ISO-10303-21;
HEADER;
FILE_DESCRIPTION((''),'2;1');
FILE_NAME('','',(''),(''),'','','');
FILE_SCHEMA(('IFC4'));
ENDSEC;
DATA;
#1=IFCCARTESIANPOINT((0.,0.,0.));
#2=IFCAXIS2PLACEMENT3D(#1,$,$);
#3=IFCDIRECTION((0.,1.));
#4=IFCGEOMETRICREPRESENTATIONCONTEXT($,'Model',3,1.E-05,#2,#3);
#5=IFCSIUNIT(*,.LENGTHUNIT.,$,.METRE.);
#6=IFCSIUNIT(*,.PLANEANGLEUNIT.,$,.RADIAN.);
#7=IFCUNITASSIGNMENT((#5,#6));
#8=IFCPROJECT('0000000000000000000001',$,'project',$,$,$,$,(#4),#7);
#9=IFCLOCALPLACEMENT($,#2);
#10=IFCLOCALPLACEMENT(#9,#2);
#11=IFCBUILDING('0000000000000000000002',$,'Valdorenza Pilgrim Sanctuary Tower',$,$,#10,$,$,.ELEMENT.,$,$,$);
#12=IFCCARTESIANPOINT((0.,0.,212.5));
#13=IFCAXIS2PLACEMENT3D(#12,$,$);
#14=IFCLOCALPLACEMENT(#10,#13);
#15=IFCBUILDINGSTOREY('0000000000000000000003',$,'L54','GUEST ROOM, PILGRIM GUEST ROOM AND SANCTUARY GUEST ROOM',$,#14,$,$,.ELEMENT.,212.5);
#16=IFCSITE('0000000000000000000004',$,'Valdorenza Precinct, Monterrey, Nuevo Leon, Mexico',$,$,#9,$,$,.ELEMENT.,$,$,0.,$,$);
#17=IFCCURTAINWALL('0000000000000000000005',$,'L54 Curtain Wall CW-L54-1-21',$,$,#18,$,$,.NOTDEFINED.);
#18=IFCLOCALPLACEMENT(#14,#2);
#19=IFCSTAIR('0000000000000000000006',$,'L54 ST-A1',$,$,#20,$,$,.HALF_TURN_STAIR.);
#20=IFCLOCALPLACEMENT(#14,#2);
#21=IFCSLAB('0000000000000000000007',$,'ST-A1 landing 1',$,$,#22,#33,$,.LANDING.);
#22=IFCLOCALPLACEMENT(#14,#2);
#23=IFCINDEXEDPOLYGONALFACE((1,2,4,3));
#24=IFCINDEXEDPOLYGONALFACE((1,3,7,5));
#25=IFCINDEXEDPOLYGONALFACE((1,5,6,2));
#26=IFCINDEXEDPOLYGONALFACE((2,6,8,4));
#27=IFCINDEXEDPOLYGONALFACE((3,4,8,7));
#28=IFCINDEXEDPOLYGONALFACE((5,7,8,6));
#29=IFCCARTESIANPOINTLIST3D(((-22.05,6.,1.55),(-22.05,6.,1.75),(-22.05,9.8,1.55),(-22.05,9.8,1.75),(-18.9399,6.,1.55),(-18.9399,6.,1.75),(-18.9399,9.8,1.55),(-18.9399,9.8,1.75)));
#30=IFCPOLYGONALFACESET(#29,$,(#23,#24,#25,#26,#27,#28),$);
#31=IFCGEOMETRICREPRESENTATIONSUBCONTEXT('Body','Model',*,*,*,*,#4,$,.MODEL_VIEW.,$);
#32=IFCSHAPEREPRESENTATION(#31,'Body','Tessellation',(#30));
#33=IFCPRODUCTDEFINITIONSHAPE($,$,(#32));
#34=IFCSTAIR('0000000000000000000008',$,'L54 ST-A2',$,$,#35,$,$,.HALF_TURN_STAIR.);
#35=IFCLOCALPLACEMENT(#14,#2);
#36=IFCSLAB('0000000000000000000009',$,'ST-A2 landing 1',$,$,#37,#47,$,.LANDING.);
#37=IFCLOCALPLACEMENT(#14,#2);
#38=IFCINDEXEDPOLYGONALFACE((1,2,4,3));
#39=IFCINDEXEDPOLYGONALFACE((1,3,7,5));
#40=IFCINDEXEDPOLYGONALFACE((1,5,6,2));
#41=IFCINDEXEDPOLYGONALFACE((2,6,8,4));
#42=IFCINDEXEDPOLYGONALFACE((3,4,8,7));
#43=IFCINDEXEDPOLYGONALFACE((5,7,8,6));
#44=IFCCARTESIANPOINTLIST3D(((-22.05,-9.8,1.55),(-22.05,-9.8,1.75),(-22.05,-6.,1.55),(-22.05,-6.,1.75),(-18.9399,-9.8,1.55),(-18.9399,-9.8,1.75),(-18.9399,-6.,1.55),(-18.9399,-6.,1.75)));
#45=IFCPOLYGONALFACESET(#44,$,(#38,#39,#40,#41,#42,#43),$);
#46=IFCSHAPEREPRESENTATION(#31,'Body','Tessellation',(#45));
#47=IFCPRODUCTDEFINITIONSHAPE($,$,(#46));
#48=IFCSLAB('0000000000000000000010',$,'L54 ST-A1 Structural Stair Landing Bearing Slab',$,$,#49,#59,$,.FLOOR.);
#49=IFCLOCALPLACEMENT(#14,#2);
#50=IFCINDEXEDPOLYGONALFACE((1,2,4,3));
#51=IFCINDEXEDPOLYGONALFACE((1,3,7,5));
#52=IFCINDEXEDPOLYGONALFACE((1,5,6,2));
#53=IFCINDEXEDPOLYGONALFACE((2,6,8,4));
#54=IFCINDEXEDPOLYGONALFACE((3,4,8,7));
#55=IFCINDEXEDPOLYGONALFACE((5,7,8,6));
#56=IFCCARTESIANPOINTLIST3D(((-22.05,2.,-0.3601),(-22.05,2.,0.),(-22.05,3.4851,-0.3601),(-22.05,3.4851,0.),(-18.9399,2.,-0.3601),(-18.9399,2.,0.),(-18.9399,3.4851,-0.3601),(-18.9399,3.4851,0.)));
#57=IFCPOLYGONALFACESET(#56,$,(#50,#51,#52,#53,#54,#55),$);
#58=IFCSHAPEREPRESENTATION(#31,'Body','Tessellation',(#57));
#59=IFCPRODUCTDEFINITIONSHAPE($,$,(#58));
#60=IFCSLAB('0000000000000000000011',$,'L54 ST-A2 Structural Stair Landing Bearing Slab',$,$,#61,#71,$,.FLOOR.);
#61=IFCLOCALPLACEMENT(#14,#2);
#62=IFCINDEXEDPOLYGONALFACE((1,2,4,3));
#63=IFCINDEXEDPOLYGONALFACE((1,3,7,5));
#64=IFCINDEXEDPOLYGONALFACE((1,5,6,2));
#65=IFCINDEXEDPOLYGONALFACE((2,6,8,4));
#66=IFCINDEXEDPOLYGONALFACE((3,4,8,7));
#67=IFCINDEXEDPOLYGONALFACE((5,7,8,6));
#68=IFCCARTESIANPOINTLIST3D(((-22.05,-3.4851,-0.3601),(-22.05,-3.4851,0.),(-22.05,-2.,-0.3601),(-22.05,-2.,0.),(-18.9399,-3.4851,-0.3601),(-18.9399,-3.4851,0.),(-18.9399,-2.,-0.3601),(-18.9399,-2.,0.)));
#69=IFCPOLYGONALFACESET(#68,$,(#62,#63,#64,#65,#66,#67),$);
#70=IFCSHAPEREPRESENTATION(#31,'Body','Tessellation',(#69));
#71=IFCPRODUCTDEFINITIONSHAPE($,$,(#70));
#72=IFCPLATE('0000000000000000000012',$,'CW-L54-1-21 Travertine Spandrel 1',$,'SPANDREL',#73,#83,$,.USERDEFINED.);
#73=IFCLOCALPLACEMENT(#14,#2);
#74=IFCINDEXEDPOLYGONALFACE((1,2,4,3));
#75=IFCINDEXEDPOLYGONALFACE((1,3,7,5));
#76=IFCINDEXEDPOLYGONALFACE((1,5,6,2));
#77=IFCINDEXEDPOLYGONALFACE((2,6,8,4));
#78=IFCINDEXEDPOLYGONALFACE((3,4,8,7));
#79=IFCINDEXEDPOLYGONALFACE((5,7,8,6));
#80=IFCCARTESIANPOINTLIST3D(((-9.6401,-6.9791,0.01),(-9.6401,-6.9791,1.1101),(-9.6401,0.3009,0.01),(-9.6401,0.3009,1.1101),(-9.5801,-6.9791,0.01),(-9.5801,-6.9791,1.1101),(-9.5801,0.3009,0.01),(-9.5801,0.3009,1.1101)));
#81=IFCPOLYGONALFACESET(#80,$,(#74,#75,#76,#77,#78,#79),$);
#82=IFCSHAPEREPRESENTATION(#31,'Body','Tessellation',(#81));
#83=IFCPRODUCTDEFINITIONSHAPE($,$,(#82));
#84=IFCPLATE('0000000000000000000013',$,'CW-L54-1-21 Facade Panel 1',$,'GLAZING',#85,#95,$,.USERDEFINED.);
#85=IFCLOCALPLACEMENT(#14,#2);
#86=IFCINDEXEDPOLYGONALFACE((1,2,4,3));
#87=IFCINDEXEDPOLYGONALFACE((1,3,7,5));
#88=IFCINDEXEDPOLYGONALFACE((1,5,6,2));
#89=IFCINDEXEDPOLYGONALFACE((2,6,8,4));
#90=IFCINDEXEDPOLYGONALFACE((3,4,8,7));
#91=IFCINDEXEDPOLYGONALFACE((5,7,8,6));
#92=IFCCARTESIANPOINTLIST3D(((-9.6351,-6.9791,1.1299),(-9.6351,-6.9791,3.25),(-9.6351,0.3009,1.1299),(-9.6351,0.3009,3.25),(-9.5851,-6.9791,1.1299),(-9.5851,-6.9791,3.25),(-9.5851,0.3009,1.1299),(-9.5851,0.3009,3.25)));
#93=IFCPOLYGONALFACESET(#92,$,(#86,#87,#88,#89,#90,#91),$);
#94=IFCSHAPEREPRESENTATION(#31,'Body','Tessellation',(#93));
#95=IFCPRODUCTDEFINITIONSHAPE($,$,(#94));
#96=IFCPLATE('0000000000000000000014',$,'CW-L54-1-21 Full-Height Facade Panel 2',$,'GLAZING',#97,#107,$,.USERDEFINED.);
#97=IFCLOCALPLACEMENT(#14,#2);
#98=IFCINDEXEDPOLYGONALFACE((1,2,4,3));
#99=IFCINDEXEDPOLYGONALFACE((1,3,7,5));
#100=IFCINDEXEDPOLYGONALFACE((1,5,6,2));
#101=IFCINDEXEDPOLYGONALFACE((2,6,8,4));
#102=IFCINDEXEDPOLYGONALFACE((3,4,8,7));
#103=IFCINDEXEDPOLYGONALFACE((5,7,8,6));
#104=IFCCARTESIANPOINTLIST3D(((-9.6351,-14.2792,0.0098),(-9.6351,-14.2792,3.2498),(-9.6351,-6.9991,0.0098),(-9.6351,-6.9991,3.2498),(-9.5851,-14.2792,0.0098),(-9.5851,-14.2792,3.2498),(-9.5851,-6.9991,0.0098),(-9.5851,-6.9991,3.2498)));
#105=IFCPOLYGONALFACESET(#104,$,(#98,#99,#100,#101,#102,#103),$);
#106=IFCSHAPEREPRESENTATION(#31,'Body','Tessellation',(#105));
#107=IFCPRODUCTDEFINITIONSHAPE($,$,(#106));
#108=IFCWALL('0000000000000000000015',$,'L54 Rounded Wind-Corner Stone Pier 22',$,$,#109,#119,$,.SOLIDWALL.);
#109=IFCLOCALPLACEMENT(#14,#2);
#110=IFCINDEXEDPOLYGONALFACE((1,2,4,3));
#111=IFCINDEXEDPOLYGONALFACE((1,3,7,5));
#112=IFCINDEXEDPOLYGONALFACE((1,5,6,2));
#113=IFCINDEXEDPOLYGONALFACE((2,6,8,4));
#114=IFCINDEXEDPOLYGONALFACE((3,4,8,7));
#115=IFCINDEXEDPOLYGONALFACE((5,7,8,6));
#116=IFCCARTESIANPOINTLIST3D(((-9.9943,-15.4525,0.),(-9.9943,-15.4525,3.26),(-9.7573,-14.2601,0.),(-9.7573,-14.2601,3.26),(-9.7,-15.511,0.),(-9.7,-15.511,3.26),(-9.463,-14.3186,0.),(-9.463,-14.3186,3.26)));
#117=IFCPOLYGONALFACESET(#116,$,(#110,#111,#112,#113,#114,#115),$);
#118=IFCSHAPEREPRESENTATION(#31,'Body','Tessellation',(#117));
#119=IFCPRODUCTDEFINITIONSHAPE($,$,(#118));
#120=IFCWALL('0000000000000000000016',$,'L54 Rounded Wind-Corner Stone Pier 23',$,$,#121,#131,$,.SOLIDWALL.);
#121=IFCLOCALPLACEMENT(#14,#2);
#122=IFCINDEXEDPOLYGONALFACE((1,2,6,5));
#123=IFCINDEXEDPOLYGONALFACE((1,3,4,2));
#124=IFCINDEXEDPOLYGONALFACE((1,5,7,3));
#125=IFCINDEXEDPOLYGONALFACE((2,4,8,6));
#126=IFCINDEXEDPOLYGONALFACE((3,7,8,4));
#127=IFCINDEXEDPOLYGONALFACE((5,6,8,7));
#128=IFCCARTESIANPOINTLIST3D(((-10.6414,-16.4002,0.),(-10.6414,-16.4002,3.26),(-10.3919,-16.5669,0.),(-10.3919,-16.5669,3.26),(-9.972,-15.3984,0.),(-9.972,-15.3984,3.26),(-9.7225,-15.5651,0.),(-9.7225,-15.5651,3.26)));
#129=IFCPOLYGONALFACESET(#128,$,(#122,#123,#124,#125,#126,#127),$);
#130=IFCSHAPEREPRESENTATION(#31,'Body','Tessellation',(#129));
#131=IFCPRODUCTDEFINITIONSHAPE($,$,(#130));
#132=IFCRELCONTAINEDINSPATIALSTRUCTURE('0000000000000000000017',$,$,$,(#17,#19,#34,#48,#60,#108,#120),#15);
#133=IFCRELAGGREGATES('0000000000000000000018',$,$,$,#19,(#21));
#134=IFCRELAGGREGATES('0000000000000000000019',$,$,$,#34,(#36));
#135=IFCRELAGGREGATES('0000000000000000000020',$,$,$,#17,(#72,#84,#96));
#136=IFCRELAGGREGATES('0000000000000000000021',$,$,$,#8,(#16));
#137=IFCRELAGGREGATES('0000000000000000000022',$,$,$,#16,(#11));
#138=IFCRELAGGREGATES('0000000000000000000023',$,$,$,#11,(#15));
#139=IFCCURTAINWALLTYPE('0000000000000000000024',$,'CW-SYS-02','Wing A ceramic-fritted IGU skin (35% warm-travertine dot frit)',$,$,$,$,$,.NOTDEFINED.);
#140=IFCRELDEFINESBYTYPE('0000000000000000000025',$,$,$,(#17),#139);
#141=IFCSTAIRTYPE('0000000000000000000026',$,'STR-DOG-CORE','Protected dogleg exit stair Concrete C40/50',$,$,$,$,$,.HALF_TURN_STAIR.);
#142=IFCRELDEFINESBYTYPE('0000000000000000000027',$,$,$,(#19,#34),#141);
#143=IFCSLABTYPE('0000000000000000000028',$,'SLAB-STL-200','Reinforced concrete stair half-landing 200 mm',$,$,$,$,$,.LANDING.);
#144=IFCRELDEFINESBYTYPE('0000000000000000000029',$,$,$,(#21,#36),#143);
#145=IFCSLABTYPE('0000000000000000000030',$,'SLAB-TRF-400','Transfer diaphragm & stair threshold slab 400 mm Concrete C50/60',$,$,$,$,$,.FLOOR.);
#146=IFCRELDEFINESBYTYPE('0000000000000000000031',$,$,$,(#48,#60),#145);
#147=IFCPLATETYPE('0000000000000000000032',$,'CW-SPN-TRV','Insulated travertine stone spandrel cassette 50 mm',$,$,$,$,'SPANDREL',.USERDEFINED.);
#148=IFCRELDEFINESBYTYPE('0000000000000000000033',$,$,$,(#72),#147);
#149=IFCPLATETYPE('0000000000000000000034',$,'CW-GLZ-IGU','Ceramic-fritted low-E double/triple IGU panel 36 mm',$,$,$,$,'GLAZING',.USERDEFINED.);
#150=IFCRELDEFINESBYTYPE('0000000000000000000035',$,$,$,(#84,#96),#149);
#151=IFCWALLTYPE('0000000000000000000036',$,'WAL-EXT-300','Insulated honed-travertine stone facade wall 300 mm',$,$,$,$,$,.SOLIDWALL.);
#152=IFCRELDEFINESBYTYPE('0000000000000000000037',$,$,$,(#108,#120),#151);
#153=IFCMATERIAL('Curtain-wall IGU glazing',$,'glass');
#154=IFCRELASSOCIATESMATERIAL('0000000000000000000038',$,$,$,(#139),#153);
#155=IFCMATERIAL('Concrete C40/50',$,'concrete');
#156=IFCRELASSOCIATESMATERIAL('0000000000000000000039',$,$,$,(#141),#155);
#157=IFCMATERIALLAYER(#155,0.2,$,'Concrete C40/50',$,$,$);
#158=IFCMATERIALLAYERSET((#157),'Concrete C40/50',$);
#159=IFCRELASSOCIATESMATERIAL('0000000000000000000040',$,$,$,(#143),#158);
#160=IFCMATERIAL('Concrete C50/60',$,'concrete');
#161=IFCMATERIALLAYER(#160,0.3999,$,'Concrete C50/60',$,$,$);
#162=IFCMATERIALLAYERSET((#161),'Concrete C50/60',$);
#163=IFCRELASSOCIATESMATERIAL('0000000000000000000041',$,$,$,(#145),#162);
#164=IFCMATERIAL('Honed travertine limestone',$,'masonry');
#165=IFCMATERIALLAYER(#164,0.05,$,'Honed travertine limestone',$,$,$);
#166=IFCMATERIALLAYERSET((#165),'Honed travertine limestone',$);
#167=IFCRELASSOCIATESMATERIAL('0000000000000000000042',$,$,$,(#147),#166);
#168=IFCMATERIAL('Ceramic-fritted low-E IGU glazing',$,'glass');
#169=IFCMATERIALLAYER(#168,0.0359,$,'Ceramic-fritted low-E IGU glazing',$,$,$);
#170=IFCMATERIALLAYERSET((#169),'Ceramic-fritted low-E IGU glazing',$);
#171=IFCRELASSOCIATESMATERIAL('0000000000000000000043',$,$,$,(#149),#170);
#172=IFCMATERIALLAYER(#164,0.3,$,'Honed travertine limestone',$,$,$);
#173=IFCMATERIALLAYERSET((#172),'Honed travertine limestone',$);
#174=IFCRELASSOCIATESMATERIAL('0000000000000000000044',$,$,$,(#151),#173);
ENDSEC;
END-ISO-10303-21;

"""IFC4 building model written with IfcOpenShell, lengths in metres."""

from ifc_helpers import new_model, si_unit, direction, frame, frame_2d, origin, origin_2d, place, context, subcontext, project, spatial, polyline, rectangle, outline, extrude, source, transform, mapped, material, layer, layer_set, type_object, element, aggregate, save


model = new_model("IFC4")

# Units and contexts
model_context = context("Model", 3, precision=1e-05, world=origin(), true_north=direction((0.0, 1.0)))
body_context = subcontext(model_context, "Body", "Model", "MODEL_VIEW")
ifc_project = project(units=[si_unit("LENGTHUNIT", "METRE"), si_unit("PLANEANGLEUNIT", "RADIAN")], contexts=[model_context])

# Site, building, storey
site_placement = place(None, origin())
site = spatial("IfcSite", under=ifc_project, at=site_placement, Name="Valdorenza Precinct, Monterrey, Nuevo Leon, Mexico", CompositionType="ELEMENT", RefElevation=0.0)
building_placement = place(site_placement, origin())
building = spatial("IfcBuilding", under=site, at=building_placement, Name="Valdorenza Pilgrim Sanctuary Tower", CompositionType="ELEMENT")
storey_placement = place(building_placement, frame((0.0, 0.0, 212.5)))
storey = spatial("IfcBuildingStorey", under=building, at=storey_placement, Name="L54", Description="GUEST ROOM, PILGRIM GUEST ROOM AND SANCTUARY GUEST ROOM", CompositionType="ELEMENT", Elevation=212.5)

# Curtain wall
ifc_material_1 = material(Name="Curtain-wall IGU glazing", Category="glass")
curtain_wall_type = type_object("IfcCurtainWallType", Name="CW-SYS-02", Description="Wing A ceramic-fritted IGU skin (35% warm-travertine dot frit)", PredefinedType="NOTDEFINED", material=ifc_material_1)
curtain_wall_placement = place(storey_placement, origin())
curtain_wall = element("IfcCurtainWall", 1, at=curtain_wall_placement, inside=storey, type_object=curtain_wall_type, Name="L54 Curtain Wall CW-L54-1-21", PredefinedType="NOTDEFINED")

# Shared definitions
ifc_material_2 = material(Name="Concrete C40/50", Category="concrete")

# Stairs, slabs
stair_type = type_object("IfcStairType", Name="STR-DOG-CORE", Description="Protected dogleg exit stair Concrete C40/50", PredefinedType="HALF_TURN_STAIR", material=ifc_material_2)
stair_1_placement = place(storey_placement, origin())
stair_1 = element("IfcStair", 2, at=stair_1_placement, inside=storey, type_object=stair_type, Name="L54 ST-A1", PredefinedType="HALF_TURN_STAIR")
ifc_layer_1 = layer(ifc_material_2, 0.2, Name="Concrete C40/50")
ifc_layer_set_1 = layer_set([ifc_layer_1], Name="Concrete C40/50")
slab_type_1 = type_object("IfcSlabType", Name="SLAB-STL-200", Description="Reinforced concrete stair half-landing 200 mm", PredefinedType="LANDING", material=ifc_layer_set_1)
slab_1_placement = place(storey_placement, frame((0.0, 0.0, 1.55)))
slab_1 = element("IfcSlab", 3, at=slab_1_placement, type_object=slab_type_1, Name="ST-A1 landing 1", PredefinedType="LANDING", context=body_context, shape_type="SweptSolid", body=[
    extrude(outline(polyline([(-18.9399, 6.0), (-18.9399, 9.8), (-22.05, 9.8), (-22.05, 6.0), (-18.9399, 6.0)])), origin(), (0.0, 0.0, 1.0), 0.2),
])
aggregate(stair_1, [slab_1])
stair_2_placement = place(storey_placement, origin())
stair_2 = element("IfcStair", 4, at=stair_2_placement, inside=storey, type_object=stair_type, Name="L54 ST-A2", PredefinedType="HALF_TURN_STAIR")
slab_2_placement = place(storey_placement, frame((0.0, 0.0, 1.55)))
slab_2 = element("IfcSlab", 5, at=slab_2_placement, type_object=slab_type_1, Name="ST-A2 landing 1", PredefinedType="LANDING", context=body_context, shape_type="SweptSolid", body=[
    extrude(outline(polyline([(-22.05, -6.0), (-22.05, -9.8), (-18.9399, -9.8), (-18.9399, -6.0), (-22.05, -6.0)])), origin(), (0.0, 0.0, 1.0), 0.2),
])
aggregate(stair_2, [slab_2])

# Slabs
ifc_material_3 = material(Name="Concrete C50/60", Category="concrete")
ifc_layer_2 = layer(ifc_material_3, 0.3999, Name="Concrete C50/60")
ifc_layer_set_2 = layer_set([ifc_layer_2], Name="Concrete C50/60")
slab_type_2 = type_object("IfcSlabType", Name="SLAB-TRF-400", Description="Transfer diaphragm & stair threshold slab 400 mm Concrete C50/60", PredefinedType="FLOOR", material=ifc_layer_set_2)
slab_3_placement = place(storey_placement, frame((0.0, 0.0, -0.3601)))
element("IfcSlab", 6, at=slab_3_placement, inside=storey, type_object=slab_type_2, Name="L54 ST-A1 Structural Stair Landing Bearing Slab", PredefinedType="FLOOR", context=body_context, shape_type="SweptSolid", body=[
    extrude(outline(polyline([(-22.05, 2.0), (-18.9399, 2.0), (-18.9399, 3.4851), (-22.05, 3.4851), (-22.05, 2.0)])), origin(), (0.0, 0.0, 1.0), 0.3601),
])
slab_4_placement = place(storey_placement, frame((0.0, 0.0, -0.3601)))
element("IfcSlab", 7, at=slab_4_placement, inside=storey, type_object=slab_type_2, Name="L54 ST-A2 Structural Stair Landing Bearing Slab", PredefinedType="FLOOR", context=body_context, shape_type="SweptSolid", body=[
    extrude(outline(polyline([(-22.05, -3.4851), (-18.9399, -3.4851), (-18.9399, -2.0), (-22.05, -2.0), (-22.05, -3.4851)])), origin(), (0.0, 0.0, 1.0), 0.3601),
])

# Plates
ifc_material_4 = material(Name="Honed travertine limestone", Category="masonry")
ifc_layer_3 = layer(ifc_material_4, 0.05, Name="Honed travertine limestone")
ifc_layer_set_3 = layer_set([ifc_layer_3], Name="Honed travertine limestone")
plate_type_1 = type_object("IfcPlateType", Name="CW-SPN-TRV", Description="Insulated travertine stone spandrel cassette 50 mm", ElementType="SPANDREL", PredefinedType="USERDEFINED", material=ifc_layer_set_3)
shared_shape_1 = source(origin(), body_context, "Body", "SweptSolid", [
    extrude(rectangle(XDim=7.28, YDim=0.0601, at=origin_2d()), origin(), (0.0, 0.0, 1.0), 1.1001),
])
plate_1_placement = place(storey_placement, frame((-9.6101, -3.3391, 0.01), z_axis=(0.0, 0.0, 1.0), x_axis=(0.0, -1.0, 0.0)))
plate_1 = element("IfcPlate", 8, at=plate_1_placement, type_object=plate_type_1, Name="CW-L54-1-21 Travertine Spandrel 1", ObjectType="SPANDREL", PredefinedType="USERDEFINED", context=body_context, shape_type="MappedRepresentation", body=[
    mapped(shared_shape_1, transform((0.0, 0.0, 0.0), x_axis=(1.0, 0.0, 0.0), y_axis=(0.0, 1.0, 0.0), z_axis=(0.0, 0.0, 1.0), scale=1.0)),
])
ifc_material_5 = material(Name="Ceramic-fritted low-E IGU glazing", Category="glass")
ifc_layer_4 = layer(ifc_material_5, 0.0359, Name="Ceramic-fritted low-E IGU glazing")
ifc_layer_set_4 = layer_set([ifc_layer_4], Name="Ceramic-fritted low-E IGU glazing")
plate_type_2 = type_object("IfcPlateType", Name="CW-GLZ-IGU", Description="Ceramic-fritted low-E double/triple IGU panel 36 mm", ElementType="GLAZING", PredefinedType="USERDEFINED", material=ifc_layer_set_4)
shared_shape_2 = source(origin(), body_context, "Body", "SweptSolid", [
    extrude(rectangle(XDim=7.28, YDim=0.05, at=origin_2d()), origin(), (0.0, 0.0, 1.0), 2.1201),
])
plate_2_placement = place(storey_placement, frame((-9.6101, -3.3391, 1.1299), z_axis=(0.0, 0.0, 1.0), x_axis=(0.0, -1.0, 0.0)))
plate_2 = element("IfcPlate", 9, at=plate_2_placement, type_object=plate_type_2, Name="CW-L54-1-21 Facade Panel 1", ObjectType="GLAZING", PredefinedType="USERDEFINED", context=body_context, shape_type="MappedRepresentation", body=[
    mapped(shared_shape_2, transform((0.0, 0.0, 0.0), x_axis=(1.0, 0.0, 0.0), y_axis=(0.0, 1.0, 0.0), z_axis=(0.0, 0.0, 1.0), scale=1.0)),
])
shared_shape_3 = source(origin(), body_context, "Body", "SweptSolid", [
    extrude(rectangle(XDim=7.28, YDim=0.05, at=origin_2d()), origin(), (0.0, 0.0, 1.0), 3.24),
])
plate_3_placement = place(storey_placement, frame((-9.6101, -10.6392, 0.0098), z_axis=(0.0, 0.0, 1.0), x_axis=(0.0, -1.0, 0.0)))
plate_3 = element("IfcPlate", 10, at=plate_3_placement, type_object=plate_type_2, Name="CW-L54-1-21 Full-Height Facade Panel 2", ObjectType="GLAZING", PredefinedType="USERDEFINED", context=body_context, shape_type="MappedRepresentation", body=[
    mapped(shared_shape_3, transform((0.0, 0.0, 0.0), x_axis=(1.0, 0.0, 0.0), y_axis=(0.0, 1.0, 0.0), z_axis=(0.0, 0.0, 1.0), scale=1.0)),
])
aggregate(curtain_wall, [plate_1, plate_2, plate_3])

# Walls
ifc_layer_5 = layer(ifc_material_4, 0.3, Name="Honed travertine limestone")
ifc_layer_set_5 = layer_set([ifc_layer_5], Name="Honed travertine limestone")
wall_type = type_object("IfcWallType", Name="WAL-EXT-300", Description="Insulated honed-travertine stone facade wall 300 mm", PredefinedType="SOLIDWALL", material=ifc_layer_set_5)
wall_1_placement = place(storey_placement, frame((-9.6101, -14.2893, 0.0), z_axis=(0.0, 0.0, 1.0), x_axis=(-0.194996, -0.980804, 0.0)))
element("IfcWall", 11, at=wall_1_placement, inside=storey, type_object=wall_type, Name="L54 Rounded Wind-Corner Stone Pier 22", PredefinedType="SOLIDWALL", context=body_context, shape_type="SweptSolid", body=[
    extrude(rectangle(XDim=1.2158, YDim=0.3, at=frame_2d((0.6079, 0.0))), origin(), (0.0, 0.0, 1.0), 3.26),
])
wall_2_placement = place(storey_placement, frame((-9.8472, -15.4817, 0.0), z_axis=(0.0, 0.0, 1.0), x_axis=(-0.555635, -0.831426, 0.0)))
element("IfcWall", 12, at=wall_2_placement, inside=storey, type_object=wall_type, Name="L54 Rounded Wind-Corner Stone Pier 23", PredefinedType="SOLIDWALL", context=body_context, shape_type="SweptSolid", body=[
    extrude(rectangle(XDim=1.2048, YDim=0.3, at=frame_2d((0.6025, 0.0))), origin(), (0.0, 0.0, 1.0), 3.26),
])

save(model, "model.ifc")
